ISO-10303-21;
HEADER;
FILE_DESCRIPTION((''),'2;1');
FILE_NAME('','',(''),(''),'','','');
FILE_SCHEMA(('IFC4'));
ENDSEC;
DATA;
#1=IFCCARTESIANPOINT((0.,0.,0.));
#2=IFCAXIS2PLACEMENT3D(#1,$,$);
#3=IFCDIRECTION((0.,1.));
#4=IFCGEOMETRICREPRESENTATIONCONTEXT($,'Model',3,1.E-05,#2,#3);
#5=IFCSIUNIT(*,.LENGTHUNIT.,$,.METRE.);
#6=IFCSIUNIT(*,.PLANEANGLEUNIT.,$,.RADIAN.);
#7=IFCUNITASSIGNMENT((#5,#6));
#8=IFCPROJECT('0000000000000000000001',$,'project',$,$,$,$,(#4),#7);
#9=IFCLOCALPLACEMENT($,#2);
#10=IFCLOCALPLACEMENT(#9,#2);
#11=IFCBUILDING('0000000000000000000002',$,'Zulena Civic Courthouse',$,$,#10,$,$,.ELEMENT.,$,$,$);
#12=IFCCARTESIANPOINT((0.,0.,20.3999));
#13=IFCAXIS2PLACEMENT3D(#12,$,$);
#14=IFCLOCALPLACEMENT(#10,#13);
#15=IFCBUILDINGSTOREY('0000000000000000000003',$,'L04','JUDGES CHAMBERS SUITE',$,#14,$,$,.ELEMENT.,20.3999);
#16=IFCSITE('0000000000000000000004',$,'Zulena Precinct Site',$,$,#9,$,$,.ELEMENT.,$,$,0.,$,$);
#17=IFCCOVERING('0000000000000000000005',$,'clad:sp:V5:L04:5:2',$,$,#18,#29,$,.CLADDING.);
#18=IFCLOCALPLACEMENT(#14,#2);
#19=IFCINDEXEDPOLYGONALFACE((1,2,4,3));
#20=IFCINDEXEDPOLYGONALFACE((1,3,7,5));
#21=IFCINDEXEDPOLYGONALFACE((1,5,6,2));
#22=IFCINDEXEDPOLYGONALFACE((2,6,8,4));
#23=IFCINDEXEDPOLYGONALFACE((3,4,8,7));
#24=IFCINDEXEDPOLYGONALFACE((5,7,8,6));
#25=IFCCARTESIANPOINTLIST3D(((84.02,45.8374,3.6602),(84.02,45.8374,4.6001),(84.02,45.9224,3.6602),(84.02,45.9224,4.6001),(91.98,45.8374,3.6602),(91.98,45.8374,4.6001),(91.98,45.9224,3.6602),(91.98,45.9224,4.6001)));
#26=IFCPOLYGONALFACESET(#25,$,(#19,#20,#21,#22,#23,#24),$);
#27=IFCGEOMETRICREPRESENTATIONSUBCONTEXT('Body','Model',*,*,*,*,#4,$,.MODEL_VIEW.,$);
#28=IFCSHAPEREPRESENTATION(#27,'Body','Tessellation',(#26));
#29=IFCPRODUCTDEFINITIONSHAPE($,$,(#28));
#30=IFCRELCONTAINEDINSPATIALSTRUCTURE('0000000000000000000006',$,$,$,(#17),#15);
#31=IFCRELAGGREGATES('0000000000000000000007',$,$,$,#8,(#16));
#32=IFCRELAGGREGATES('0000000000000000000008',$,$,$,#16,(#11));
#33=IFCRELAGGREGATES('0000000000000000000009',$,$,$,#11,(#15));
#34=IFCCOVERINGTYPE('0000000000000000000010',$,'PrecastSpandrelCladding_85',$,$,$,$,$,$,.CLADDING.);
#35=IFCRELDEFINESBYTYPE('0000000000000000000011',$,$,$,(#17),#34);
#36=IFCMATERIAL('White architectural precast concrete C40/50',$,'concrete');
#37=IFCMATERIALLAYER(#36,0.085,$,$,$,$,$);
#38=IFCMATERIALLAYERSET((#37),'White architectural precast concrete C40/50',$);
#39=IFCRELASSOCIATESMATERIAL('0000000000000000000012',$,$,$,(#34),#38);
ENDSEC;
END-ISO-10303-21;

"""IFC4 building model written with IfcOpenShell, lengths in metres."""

from ifc_helpers import new_model, si_unit, direction, frame, origin, origin_2d, place, context, subcontext, project, spatial, rectangle, extrude, material, layer, layer_set, type_object, element, save


model = new_model("IFC4")

# Units and contexts
model_context = context("Model", 3, precision=1e-05, world=origin(), true_north=direction((0.0, 1.0)))
body_context = subcontext(model_context, "Body", "Model", "MODEL_VIEW")
ifc_project = project(units=[si_unit("LENGTHUNIT", "METRE"), si_unit("PLANEANGLEUNIT", "RADIAN")], contexts=[model_context])

# Site, building, storey
site_placement = place(None, origin())
site = spatial("IfcSite", under=ifc_project, at=site_placement, Name="Zulena Precinct Site", CompositionType="ELEMENT", RefElevation=0.0)
building_placement = place(site_placement, origin())
building = spatial("IfcBuilding", under=site, at=building_placement, Name="Zulena Civic Courthouse", CompositionType="ELEMENT")
storey_placement = place(building_placement, frame((0.0, 0.0, 20.3999)))
storey = spatial("IfcBuildingStorey", under=building, at=storey_placement, Name="L04", Description="JUDGES CHAMBERS SUITE", CompositionType="ELEMENT", Elevation=20.3999)

# Covering
ifc_material_1 = material(Name="White architectural precast concrete C40/50", Category="concrete")
ifc_layer_1 = layer(ifc_material_1, 0.085)
ifc_layer_set_1 = layer_set([ifc_layer_1], Name="White architectural precast concrete C40/50")
covering_type = type_object("IfcCoveringType", Name="PrecastSpandrelCladding_85", PredefinedType="CLADDING", material=ifc_layer_set_1)
for number, where, z_axis, x_axis, name in (
    (1, (88.0, 45.8799, 3.6602), (0.0, 0.0, 1.0), (-1.0, 0.0, 0.0), "clad:sp:V5:L04:5:2"),
):
    element("IfcCovering", number, at=place(storey_placement, frame(where, z_axis=z_axis, x_axis=x_axis)), inside=storey, type_object=covering_type, Name=name, PredefinedType="CLADDING", context=body_context, shape_type="SweptSolid", body=[
        extrude(rectangle(XDim=7.96, YDim=0.085, at=origin_2d()), origin(), (0.0, 0.0, 1.0), 0.9399),
    ])

save(model, "model.ifc")
